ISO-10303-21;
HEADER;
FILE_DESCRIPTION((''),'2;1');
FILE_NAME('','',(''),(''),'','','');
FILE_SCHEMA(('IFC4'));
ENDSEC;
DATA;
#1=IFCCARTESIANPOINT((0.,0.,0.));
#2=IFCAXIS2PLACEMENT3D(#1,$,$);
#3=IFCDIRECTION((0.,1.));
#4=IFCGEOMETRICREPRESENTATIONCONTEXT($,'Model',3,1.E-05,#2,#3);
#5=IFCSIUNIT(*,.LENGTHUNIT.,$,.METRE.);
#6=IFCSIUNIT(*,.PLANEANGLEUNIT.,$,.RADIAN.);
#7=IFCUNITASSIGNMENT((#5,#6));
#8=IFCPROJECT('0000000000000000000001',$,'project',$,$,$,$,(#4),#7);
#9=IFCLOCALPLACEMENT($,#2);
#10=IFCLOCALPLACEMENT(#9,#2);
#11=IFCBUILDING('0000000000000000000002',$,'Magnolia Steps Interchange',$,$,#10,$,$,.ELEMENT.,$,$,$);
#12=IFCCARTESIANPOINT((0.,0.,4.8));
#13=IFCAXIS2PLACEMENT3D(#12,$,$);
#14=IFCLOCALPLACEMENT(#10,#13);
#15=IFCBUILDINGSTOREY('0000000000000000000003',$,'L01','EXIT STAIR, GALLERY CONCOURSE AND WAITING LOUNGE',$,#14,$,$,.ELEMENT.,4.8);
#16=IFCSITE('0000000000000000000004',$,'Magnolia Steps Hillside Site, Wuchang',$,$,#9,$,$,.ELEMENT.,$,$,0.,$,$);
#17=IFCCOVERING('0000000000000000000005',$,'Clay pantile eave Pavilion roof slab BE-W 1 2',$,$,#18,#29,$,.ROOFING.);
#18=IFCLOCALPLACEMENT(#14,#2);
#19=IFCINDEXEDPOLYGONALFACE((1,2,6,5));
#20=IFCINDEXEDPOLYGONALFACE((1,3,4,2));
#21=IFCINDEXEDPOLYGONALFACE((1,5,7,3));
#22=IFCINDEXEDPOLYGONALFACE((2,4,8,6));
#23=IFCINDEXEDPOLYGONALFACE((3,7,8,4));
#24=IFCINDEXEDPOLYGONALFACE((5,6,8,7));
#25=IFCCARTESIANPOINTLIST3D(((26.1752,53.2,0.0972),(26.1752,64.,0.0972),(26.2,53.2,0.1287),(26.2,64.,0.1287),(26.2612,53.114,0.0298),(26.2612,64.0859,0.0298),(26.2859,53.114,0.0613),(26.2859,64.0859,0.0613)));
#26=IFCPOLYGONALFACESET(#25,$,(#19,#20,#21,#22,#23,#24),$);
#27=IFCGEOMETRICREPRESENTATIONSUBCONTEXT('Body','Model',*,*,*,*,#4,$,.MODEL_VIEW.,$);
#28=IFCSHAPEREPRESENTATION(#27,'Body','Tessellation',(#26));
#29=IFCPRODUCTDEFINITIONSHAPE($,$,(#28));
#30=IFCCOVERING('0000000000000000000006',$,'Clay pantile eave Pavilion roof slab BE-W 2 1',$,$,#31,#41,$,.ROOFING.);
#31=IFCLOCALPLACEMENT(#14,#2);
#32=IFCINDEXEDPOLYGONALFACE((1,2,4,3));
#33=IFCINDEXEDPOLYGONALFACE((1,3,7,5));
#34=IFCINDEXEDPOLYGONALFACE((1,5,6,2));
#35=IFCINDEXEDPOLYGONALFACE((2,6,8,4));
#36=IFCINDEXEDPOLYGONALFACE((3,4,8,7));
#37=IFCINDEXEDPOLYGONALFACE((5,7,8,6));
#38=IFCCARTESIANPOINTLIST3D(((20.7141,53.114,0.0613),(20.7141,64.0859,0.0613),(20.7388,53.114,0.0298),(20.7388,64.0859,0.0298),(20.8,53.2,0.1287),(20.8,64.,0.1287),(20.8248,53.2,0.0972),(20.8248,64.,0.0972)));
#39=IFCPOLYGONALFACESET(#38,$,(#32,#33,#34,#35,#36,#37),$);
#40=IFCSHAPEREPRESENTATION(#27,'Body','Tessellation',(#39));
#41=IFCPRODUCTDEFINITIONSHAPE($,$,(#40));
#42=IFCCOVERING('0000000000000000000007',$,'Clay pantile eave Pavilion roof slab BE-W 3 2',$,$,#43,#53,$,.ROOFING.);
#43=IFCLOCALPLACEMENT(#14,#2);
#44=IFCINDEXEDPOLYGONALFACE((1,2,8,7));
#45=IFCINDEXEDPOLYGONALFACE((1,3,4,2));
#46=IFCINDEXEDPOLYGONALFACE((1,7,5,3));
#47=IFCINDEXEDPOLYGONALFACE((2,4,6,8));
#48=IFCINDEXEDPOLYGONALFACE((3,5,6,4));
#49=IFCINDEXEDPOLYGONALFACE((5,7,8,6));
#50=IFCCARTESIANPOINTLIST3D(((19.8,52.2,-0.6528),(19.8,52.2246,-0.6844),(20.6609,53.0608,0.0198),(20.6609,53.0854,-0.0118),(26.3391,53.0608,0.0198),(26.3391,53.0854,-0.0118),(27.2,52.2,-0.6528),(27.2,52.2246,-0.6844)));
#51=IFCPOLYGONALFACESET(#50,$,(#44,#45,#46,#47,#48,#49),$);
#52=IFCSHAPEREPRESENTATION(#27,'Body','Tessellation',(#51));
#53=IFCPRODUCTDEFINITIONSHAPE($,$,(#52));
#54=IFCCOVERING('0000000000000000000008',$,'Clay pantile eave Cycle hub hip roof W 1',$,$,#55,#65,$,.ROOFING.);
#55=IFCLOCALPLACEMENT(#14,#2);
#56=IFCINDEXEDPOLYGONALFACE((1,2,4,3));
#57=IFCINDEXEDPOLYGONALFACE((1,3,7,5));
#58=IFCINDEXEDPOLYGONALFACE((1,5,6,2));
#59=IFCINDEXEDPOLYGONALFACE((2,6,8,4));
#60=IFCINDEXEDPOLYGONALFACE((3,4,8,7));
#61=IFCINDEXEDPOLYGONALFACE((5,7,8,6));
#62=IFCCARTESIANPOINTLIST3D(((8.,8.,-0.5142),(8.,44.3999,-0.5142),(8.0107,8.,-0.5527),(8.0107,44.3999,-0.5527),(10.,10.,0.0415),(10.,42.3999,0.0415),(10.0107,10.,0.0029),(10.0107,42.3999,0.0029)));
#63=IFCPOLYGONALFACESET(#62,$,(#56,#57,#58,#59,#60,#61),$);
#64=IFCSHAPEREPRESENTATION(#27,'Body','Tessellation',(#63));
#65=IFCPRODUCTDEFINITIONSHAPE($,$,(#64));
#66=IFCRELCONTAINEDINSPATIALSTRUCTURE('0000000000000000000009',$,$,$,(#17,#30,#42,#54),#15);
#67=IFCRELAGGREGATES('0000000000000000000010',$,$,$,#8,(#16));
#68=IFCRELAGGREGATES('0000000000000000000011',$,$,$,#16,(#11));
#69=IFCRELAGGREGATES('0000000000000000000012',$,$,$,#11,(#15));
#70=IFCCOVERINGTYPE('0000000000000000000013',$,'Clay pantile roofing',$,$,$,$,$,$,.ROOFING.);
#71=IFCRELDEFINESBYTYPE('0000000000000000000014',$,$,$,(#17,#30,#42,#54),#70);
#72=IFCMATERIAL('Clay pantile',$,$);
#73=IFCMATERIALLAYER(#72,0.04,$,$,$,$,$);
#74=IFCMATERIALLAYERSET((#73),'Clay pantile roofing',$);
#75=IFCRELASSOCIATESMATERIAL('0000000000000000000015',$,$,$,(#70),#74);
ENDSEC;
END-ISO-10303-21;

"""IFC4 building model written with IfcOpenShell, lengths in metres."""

from ifc_helpers import new_model, si_unit, direction, frame, origin, place, context, subcontext, project, spatial, polyline, outline, extrude, material, layer, layer_set, type_object, element, save


model = new_model("IFC4")

# Units and contexts
model_context = context("Model", 3, precision=1e-05, world=origin(), true_north=direction((0.0, 1.0)))
body_context = subcontext(model_context, "Body", "Model", "MODEL_VIEW")
ifc_project = project(units=[si_unit("LENGTHUNIT", "METRE"), si_unit("PLANEANGLEUNIT", "RADIAN")], contexts=[model_context])

# Site, building, storey
site_placement = place(None, origin())
site = spatial("IfcSite", under=ifc_project, at=site_placement, Name="Magnolia Steps Hillside Site, Wuchang", CompositionType="ELEMENT", RefElevation=0.0)
building_placement = place(site_placement, origin())
building = spatial("IfcBuilding", under=site, at=building_placement, Name="Magnolia Steps Interchange", CompositionType="ELEMENT")
storey_placement = place(building_placement, frame((0.0, 0.0, 4.8)))
storey = spatial("IfcBuildingStorey", under=building, at=storey_placement, Name="L01", Description="EXIT STAIR, GALLERY CONCOURSE AND WAITING LOUNGE", CompositionType="ELEMENT", Elevation=4.8)

# Coverings
ifc_material_1 = material(Name="Clay pantile")
ifc_layer_1 = layer(ifc_material_1, 0.04)
ifc_layer_set_1 = layer_set([ifc_layer_1], Name="Clay pantile roofing")
covering_type = type_object("IfcCoveringType", Name="Clay pantile roofing", PredefinedType="ROOFING", material=ifc_layer_set_1)
for number, where, z_axis, x_axis, name in (
    (1, (26.2859, 64.0859, 0.0613), (0.617031, 0.0, 0.786939), (0.0, -1.0, 0.0), "Clay pantile eave Pavilion roof slab BE-W 1 2"),
    (2, (20.7141, 53.114, 0.0613), (-0.617031, 0.0, 0.786939), (0.0, 1.0, 0.0), "Clay pantile eave Pavilion roof slab BE-W 2 1"),
):
    element("IfcCovering", number, at=place(storey_placement, frame(where, z_axis=z_axis, x_axis=x_axis)), inside=storey, type_object=covering_type, Name=name, PredefinedType="ROOFING", context=body_context, shape_type="SweptSolid", body=[
        extrude(outline(polyline([(0.0, 0.0), (10.9719, 0.0), (10.886, -0.1092), (0.0859, -0.1092), (0.0, 0.0)])), origin(), (0.0, 0.0, -1.0), 0.04),
    ])
covering_1_placement = place(storey_placement, frame((27.2, 52.2, -0.6528), z_axis=(0.0, -0.615687, 0.78799), x_axis=(-1.0, 0.0, 0.0)))
element("IfcCovering", 3, at=covering_1_placement, inside=storey, type_object=covering_type, Name="Clay pantile eave Pavilion roof slab BE-W 3 2", PredefinedType="ROOFING", context=body_context, shape_type="SweptSolid", body=[
    extrude(outline(polyline([(0.0, 0.0), (7.3999, 0.0), (6.5391, -1.0924), (0.8608, -1.0924), (0.0, 0.0)])), origin(), (0.0, 0.0, -1.0), 0.04),
])
covering_2_placement = place(storey_placement, frame((10.0, 42.3999, 0.0415), z_axis=(-0.267692, 0.0, 0.963504), x_axis=(0.0, -1.0, 0.0)))
element("IfcCovering", 4, at=covering_2_placement, inside=storey, type_object=covering_type, Name="Clay pantile eave Cycle hub hip roof W 1", PredefinedType="ROOFING", context=body_context, shape_type="SweptSolid", body=[
    extrude(outline(polyline([(0.0, 0.0), (32.3999, 0.0), (34.3999, -2.0758), (-2.0, -2.0758), (0.0, 0.0)])), origin(), (0.0, 0.0, -1.0), 0.04),
])

save(model, "model.ifc")
